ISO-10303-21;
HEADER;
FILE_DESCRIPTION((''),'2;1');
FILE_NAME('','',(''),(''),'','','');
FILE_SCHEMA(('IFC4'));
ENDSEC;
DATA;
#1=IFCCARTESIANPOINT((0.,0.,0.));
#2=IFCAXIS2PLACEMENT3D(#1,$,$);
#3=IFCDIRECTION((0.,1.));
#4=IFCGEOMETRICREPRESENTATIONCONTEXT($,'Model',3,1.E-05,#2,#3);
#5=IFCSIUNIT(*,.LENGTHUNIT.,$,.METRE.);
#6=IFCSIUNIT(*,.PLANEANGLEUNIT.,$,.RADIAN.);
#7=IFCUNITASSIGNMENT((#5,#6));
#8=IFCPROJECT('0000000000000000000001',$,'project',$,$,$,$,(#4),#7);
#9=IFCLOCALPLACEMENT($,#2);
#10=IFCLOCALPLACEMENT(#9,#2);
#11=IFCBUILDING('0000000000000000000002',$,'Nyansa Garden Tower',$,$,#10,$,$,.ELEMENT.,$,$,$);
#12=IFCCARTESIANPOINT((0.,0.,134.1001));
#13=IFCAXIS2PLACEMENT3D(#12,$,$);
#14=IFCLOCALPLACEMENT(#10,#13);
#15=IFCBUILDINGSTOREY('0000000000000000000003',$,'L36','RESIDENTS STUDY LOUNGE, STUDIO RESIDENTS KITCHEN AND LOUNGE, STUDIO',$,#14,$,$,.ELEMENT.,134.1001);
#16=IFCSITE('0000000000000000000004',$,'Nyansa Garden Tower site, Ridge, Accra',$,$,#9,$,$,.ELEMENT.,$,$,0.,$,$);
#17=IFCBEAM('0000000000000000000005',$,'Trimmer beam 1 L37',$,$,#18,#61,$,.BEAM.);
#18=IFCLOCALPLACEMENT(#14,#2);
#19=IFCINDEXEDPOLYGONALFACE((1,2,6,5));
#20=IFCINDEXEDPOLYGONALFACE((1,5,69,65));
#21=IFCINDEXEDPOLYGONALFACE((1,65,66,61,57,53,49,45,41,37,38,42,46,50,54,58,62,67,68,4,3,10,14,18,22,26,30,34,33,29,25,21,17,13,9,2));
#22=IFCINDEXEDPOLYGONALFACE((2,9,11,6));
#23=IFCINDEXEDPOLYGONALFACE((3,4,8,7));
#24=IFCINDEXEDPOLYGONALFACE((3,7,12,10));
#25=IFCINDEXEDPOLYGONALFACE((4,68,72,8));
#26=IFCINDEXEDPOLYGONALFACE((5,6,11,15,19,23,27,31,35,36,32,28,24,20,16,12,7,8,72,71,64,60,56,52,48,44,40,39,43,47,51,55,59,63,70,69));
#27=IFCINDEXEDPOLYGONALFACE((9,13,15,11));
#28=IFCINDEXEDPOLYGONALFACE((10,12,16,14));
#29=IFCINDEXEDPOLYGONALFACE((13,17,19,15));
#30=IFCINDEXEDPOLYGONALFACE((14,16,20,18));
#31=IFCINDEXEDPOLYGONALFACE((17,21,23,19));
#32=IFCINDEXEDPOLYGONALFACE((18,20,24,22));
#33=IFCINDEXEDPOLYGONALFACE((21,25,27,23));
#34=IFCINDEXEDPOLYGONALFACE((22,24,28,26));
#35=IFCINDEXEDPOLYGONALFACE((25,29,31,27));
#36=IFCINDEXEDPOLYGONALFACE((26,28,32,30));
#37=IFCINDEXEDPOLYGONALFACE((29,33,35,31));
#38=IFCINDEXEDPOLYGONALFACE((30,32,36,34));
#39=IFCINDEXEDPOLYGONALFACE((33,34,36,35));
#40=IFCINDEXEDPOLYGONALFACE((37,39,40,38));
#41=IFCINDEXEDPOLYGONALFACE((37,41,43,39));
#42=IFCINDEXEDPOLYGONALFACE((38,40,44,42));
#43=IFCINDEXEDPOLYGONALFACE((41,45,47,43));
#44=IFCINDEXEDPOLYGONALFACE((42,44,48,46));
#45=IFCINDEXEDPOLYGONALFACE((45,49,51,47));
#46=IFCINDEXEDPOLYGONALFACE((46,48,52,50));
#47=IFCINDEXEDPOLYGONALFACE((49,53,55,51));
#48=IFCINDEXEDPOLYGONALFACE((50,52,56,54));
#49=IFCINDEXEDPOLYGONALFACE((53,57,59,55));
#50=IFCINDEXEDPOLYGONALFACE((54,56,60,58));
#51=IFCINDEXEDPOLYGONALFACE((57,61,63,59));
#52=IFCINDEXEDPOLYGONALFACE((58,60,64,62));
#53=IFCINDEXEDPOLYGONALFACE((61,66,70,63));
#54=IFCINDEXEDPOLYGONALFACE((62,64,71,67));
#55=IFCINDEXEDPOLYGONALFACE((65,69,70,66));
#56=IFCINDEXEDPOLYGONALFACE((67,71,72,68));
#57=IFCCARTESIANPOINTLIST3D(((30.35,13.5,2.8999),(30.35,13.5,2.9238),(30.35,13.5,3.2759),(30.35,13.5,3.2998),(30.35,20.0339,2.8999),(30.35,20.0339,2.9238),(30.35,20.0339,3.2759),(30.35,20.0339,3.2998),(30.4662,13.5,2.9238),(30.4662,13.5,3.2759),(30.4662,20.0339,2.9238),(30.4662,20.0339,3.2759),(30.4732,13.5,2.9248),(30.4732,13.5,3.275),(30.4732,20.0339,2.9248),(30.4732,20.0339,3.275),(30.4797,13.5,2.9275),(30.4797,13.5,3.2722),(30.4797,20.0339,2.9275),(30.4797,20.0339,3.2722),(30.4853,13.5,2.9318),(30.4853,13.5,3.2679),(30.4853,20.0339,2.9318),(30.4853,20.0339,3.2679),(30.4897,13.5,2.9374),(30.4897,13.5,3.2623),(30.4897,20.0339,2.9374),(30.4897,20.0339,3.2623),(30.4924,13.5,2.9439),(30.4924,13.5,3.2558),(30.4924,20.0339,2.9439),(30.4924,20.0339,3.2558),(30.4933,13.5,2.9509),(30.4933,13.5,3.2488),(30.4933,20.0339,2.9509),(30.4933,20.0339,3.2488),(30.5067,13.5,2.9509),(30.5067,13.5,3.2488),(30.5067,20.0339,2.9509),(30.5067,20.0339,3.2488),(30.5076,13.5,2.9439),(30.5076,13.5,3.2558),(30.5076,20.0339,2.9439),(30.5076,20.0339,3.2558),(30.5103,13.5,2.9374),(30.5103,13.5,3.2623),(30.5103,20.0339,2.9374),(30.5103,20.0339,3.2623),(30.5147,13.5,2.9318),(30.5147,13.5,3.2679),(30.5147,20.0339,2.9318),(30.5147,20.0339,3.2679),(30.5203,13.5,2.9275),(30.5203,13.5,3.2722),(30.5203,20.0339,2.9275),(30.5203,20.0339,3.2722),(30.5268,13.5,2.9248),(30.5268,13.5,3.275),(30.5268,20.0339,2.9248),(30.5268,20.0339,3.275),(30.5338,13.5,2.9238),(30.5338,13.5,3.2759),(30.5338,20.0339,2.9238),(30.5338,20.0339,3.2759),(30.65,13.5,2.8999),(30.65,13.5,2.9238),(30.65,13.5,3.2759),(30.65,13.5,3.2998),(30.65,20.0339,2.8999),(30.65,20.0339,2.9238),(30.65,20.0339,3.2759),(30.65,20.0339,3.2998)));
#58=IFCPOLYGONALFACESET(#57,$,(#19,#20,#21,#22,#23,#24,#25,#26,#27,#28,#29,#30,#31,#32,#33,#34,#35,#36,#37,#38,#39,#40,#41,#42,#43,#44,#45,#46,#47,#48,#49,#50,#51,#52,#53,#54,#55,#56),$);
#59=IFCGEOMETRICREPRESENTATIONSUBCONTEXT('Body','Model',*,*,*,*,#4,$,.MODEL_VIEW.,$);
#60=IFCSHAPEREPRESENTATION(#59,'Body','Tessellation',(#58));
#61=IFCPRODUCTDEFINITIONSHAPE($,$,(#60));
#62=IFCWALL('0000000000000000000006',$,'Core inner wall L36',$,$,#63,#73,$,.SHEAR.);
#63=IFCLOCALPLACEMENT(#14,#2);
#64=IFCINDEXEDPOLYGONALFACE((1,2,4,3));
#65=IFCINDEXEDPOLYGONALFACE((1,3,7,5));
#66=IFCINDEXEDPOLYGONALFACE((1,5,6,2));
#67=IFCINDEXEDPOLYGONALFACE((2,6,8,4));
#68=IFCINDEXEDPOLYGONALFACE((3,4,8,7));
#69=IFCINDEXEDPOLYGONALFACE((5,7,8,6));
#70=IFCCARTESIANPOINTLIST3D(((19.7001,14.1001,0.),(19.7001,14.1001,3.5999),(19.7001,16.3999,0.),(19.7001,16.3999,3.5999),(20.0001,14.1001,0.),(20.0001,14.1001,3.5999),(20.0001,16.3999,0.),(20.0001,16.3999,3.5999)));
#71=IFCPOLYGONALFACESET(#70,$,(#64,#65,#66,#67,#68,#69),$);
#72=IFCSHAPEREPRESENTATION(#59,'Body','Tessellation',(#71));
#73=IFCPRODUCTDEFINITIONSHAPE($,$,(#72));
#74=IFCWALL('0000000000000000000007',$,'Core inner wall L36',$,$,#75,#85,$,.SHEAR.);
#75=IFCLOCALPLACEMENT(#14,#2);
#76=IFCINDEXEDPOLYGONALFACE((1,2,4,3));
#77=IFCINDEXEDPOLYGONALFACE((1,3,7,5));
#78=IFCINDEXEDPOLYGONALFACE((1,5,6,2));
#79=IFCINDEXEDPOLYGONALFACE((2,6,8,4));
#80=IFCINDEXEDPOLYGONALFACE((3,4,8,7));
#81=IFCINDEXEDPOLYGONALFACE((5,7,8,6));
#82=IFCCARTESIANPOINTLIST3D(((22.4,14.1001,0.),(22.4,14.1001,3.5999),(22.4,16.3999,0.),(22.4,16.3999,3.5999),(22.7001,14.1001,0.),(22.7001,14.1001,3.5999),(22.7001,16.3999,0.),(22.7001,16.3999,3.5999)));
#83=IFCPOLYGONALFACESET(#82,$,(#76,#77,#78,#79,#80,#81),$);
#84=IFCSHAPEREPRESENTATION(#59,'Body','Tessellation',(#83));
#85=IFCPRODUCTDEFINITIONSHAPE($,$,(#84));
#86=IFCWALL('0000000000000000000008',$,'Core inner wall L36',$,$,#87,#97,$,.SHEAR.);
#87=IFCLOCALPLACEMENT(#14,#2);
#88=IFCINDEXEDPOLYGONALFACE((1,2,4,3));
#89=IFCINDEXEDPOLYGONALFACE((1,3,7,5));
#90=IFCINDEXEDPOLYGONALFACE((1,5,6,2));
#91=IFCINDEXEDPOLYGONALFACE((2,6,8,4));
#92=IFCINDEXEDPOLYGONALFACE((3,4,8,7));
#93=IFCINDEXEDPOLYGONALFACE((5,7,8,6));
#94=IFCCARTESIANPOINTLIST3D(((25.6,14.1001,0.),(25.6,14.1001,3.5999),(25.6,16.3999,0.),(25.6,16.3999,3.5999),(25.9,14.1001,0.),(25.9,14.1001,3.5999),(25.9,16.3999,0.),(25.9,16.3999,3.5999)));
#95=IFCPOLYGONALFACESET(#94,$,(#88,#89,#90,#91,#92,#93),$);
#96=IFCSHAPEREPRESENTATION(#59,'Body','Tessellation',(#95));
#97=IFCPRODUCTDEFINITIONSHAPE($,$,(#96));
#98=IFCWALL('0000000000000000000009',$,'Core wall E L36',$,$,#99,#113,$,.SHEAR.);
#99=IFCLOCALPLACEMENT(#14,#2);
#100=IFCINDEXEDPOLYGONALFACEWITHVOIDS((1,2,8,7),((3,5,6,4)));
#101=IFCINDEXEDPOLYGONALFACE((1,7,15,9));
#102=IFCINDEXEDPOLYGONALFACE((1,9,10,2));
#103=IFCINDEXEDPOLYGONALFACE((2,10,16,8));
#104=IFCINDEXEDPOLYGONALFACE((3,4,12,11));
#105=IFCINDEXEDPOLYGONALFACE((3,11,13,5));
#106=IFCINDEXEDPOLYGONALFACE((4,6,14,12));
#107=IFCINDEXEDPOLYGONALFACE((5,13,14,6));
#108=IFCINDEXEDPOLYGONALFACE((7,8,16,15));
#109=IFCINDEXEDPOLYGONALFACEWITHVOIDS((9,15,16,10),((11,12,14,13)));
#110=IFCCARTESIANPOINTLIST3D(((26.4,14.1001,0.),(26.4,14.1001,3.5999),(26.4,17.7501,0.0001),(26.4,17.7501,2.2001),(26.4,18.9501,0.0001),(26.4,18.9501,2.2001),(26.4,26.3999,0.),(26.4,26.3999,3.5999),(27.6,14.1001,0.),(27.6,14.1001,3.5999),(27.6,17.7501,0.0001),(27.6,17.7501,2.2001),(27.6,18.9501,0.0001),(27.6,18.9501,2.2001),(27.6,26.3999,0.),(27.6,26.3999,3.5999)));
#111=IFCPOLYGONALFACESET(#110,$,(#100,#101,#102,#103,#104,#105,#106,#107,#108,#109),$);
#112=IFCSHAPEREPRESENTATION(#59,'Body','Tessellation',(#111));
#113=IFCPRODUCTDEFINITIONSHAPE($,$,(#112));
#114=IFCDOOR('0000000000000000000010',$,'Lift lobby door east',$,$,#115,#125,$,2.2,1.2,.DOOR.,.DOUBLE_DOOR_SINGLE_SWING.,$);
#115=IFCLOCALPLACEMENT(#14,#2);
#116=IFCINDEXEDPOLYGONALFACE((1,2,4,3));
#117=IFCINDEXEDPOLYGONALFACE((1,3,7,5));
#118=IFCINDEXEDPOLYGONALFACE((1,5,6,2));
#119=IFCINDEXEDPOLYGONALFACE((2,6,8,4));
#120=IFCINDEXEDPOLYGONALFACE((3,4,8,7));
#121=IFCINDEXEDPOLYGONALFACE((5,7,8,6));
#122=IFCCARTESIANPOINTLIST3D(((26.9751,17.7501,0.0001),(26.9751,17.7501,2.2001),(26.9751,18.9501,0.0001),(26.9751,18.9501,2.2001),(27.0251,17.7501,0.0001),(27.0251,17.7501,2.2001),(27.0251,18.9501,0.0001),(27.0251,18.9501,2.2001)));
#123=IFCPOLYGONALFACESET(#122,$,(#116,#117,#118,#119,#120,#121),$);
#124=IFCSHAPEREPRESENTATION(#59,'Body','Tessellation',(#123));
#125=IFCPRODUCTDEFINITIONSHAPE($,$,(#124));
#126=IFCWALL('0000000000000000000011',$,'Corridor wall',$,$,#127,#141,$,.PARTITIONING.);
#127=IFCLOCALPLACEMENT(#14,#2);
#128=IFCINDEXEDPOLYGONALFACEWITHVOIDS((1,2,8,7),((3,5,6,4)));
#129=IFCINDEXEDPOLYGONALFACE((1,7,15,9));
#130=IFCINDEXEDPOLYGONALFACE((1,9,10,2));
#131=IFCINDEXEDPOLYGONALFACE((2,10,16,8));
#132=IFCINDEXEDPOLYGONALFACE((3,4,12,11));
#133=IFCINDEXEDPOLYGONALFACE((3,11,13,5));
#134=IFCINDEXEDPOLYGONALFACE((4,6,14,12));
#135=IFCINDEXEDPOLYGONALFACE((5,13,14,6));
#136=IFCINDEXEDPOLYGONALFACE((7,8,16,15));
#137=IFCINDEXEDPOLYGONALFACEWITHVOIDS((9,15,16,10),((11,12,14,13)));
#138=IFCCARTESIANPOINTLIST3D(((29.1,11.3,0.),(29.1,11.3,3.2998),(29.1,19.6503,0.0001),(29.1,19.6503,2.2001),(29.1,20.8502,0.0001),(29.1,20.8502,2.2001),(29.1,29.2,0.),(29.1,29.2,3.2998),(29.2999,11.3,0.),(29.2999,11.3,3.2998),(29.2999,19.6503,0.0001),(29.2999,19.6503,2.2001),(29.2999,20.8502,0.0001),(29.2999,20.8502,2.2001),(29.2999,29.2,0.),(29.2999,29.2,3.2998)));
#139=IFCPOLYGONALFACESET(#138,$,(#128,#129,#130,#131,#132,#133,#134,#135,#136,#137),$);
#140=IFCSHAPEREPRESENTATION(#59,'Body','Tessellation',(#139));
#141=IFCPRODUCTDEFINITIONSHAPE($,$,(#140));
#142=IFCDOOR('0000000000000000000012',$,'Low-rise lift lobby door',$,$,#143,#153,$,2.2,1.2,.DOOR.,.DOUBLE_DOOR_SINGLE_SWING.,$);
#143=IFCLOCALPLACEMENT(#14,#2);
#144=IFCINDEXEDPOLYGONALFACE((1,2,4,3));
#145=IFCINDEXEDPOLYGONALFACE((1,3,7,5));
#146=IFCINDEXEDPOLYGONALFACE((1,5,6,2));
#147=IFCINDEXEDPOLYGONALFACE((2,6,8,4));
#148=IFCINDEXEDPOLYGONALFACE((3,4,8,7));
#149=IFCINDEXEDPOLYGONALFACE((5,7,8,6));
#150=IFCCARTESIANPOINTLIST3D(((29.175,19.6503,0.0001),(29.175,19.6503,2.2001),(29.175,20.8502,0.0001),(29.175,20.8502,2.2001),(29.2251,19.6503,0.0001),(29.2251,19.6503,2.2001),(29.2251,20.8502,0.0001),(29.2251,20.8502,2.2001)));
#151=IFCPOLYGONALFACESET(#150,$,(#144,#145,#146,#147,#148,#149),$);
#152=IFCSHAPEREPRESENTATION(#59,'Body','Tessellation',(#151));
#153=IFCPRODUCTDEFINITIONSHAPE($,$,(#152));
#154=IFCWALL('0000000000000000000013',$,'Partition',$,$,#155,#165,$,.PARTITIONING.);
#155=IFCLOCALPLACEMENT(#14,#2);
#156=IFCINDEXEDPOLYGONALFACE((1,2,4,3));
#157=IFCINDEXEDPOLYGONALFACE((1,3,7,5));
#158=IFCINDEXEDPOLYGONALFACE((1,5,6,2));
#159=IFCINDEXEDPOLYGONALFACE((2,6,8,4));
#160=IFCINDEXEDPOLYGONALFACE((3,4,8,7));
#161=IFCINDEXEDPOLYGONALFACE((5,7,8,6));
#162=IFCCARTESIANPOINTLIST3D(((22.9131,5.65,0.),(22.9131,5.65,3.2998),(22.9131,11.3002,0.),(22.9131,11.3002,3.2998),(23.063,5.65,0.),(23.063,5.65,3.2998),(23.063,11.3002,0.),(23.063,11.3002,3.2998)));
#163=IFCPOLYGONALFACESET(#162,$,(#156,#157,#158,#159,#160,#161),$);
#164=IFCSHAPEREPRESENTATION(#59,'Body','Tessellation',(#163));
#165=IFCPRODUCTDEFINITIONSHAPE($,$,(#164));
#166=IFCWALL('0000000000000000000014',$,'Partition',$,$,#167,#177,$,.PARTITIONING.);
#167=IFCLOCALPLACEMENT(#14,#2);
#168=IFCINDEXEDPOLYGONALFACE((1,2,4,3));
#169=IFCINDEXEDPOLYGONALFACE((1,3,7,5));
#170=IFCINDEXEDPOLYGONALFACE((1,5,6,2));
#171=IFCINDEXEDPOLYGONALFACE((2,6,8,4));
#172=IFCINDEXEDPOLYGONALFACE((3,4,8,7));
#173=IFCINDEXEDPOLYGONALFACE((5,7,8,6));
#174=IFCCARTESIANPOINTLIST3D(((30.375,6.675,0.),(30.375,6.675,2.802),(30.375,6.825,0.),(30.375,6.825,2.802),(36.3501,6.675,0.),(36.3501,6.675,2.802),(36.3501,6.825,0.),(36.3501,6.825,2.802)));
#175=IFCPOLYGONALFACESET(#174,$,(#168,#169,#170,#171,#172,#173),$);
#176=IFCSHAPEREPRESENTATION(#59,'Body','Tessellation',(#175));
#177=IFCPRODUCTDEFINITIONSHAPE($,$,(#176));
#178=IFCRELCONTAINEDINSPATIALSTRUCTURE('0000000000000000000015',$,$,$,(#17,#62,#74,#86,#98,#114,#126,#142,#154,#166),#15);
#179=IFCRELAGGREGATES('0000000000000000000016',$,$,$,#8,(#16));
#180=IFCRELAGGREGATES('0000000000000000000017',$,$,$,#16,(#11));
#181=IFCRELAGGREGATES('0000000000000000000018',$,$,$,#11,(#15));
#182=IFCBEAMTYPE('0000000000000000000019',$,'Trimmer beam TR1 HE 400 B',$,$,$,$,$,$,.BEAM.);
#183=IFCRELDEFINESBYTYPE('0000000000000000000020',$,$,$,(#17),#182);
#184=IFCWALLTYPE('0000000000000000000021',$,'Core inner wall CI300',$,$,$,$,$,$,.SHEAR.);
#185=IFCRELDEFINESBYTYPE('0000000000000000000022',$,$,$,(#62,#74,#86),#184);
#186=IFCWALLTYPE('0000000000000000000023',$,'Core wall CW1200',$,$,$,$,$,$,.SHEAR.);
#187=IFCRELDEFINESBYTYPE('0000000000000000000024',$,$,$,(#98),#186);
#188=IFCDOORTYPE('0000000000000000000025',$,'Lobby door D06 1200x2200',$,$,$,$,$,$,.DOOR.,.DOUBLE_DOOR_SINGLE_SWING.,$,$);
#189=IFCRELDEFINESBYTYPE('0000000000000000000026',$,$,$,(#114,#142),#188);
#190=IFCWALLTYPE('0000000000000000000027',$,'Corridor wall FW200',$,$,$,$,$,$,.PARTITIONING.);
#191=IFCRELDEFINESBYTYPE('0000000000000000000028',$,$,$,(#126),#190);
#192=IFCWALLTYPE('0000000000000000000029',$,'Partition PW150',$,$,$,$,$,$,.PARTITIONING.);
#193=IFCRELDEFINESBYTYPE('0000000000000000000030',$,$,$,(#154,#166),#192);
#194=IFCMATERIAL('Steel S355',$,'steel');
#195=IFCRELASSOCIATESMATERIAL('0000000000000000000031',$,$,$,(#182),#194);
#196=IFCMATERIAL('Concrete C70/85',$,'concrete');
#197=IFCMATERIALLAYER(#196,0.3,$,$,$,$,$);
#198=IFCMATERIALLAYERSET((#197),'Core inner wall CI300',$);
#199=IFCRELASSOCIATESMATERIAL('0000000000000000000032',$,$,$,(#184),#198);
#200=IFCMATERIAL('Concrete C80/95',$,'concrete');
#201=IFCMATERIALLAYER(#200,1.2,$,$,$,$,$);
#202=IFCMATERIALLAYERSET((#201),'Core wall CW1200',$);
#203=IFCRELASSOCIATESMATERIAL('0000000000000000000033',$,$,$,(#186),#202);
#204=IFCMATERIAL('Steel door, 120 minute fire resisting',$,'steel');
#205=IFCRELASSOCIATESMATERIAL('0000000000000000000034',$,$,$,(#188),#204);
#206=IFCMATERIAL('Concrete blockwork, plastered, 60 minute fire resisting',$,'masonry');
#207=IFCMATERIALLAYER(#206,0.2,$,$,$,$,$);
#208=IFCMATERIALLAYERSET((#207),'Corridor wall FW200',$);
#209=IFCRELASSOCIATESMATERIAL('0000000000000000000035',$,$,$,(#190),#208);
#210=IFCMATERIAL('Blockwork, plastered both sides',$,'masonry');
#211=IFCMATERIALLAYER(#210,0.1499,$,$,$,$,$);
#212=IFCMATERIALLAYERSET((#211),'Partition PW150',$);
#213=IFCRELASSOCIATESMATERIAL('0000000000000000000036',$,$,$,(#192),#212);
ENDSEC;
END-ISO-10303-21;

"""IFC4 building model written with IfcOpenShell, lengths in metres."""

from ifc_helpers import new_model, si_unit, direction, frame, frame_2d, origin, origin_2d, place, context, subcontext, project, spatial, rectangle, i_section, extrude, material, layer, layer_set, material_profile, profile_set, type_object, element, fill, save


model = new_model("IFC4")

# Units and contexts
model_context = context("Model", 3, precision=1e-05, world=origin(), true_north=direction((0.0, 1.0)))
body_context = subcontext(model_context, "Body", "Model", "MODEL_VIEW")
ifc_project = project(units=[si_unit("LENGTHUNIT", "METRE"), si_unit("PLANEANGLEUNIT", "RADIAN")], contexts=[model_context])

# Site, building, storey
site_placement = place(None, origin())
site = spatial("IfcSite", under=ifc_project, at=site_placement, Name="Nyansa Garden Tower site, Ridge, Accra", CompositionType="ELEMENT", RefElevation=0.0)
building_placement = place(site_placement, origin())
building = spatial("IfcBuilding", under=site, at=building_placement, Name="Nyansa Garden Tower", CompositionType="ELEMENT")
storey_placement = place(building_placement, frame((0.0, 0.0, 134.1001)))
storey = spatial("IfcBuildingStorey", under=building, at=storey_placement, Name="L36", Description="RESIDENTS STUDY LOUNGE, STUDIO RESIDENTS KITCHEN AND LOUNGE, STUDIO", CompositionType="ELEMENT", Elevation=134.1001)

# Beam
ifc_material_1 = material(Name="Steel S355", Category="steel")
ifc_material_profile_1 = material_profile(ifc_material_1, i_section(OverallWidth=0.3, OverallDepth=0.3999, WebThickness=0.0134, FlangeThickness=0.0239, FilletRadius=0.0271, at=origin_2d()), Name="HE 400 B")
ifc_profile_set_1 = profile_set([ifc_material_profile_1], Name="Steel S355")
beam_type_1 = type_object("IfcBeamType", Name="Trimmer beam TR1 HE 400 B", PredefinedType="BEAM", material=ifc_profile_set_1)
beam_1_placement = place(storey_placement, frame((30.5, 13.5, 3.0999), z_axis=(0.0, 1.0, 0.0), x_axis=(-1.0, 0.0, 0.0)))
element("IfcBeam", 1, at=beam_1_placement, inside=storey, type_object=beam_type_1, Name="Trimmer beam 1 L37", PredefinedType="BEAM", context=body_context, shape_type="SweptSolid", body=[
    extrude(i_section(OverallWidth=0.3, OverallDepth=0.3999, WebThickness=0.0134, FlangeThickness=0.0239, FilletRadius=0.0271, at=origin_2d()), origin(), (0.0, 0.0, 1.0), 6.5339),
])

# Walls
ifc_material_2 = material(Name="Concrete C70/85", Category="concrete")
ifc_layer_1 = layer(ifc_material_2, 0.3)
ifc_layer_set_1 = layer_set([ifc_layer_1], Name="Core inner wall CI300")
wall_type_1 = type_object("IfcWallType", Name="Core inner wall CI300", PredefinedType="SHEAR", material=ifc_layer_set_1)
for number, where, z_axis, x_axis, name in (
    (2, (19.8501, 14.1001, 0.0), (0.0, 0.0, 1.0), (0.0, 1.0, 0.0), "Core inner wall L36"),
    (3, (22.55, 14.1001, 0.0), (0.0, 0.0, 1.0), (0.0, 1.0, 0.0), "Core inner wall L36"),
    (4, (25.75, 14.1001, 0.0), (0.0, 0.0, 1.0), (0.0, 1.0, 0.0), "Core inner wall L36"),
):
    element("IfcWall", number, at=place(storey_placement, frame(where, z_axis=z_axis, x_axis=x_axis)), inside=storey, type_object=wall_type_1, Name=name, PredefinedType="SHEAR", context=body_context, shape_type="SweptSolid", body=[
        extrude(rectangle(XDim=2.2998, YDim=0.3, at=frame_2d((1.1499, 0.0))), origin(), (0.0, 0.0, 1.0), 3.5999),
    ])

# Walls, openings, doors
ifc_material_3 = material(Name="Concrete C80/95", Category="concrete")
ifc_layer_2 = layer(ifc_material_3, 1.2)
ifc_layer_set_2 = layer_set([ifc_layer_2], Name="Core wall CW1200")
wall_type_2 = type_object("IfcWallType", Name="Core wall CW1200", PredefinedType="SHEAR", material=ifc_layer_set_2)
wall_1_placement = place(storey_placement, frame((27.0, 14.1001, 0.0), z_axis=(0.0, 0.0, 1.0), x_axis=(0.0, 1.0, 0.0)))
wall_1 = element("IfcWall", 5, at=wall_1_placement, inside=storey, type_object=wall_type_2, Name="Core wall E L36", PredefinedType="SHEAR", context=body_context, shape_type="SweptSolid", body=[
    extrude(rectangle(XDim=12.2998, YDim=1.2, at=frame_2d((6.1499, 0.0))), origin(), (0.0, 0.0, 1.0), 3.5999),
])
opening_1_placement = place(wall_1_placement, frame((3.6499, 0.0, 0.0)))
opening_1 = element("IfcOpeningElement", 6, at=opening_1_placement, cuts=wall_1, PredefinedType="OPENING", context=body_context, shape_type="SweptSolid", body=[
    extrude(rectangle(XDim=1.2, YDim=2.2, at=frame_2d((0.6001, 1.1001))), frame((0.0, 0.6099, 0.0), z_axis=(0.0, -1.0, 0.0), x_axis=(1.0, 0.0, 0.0)), (0.0, 0.0, 1.0), 1.22),
])
ifc_material_4 = material(Name="Steel door, 120 minute fire resisting", Category="steel")
door_type_1 = type_object("IfcDoorType", Name="Lobby door D06 1200x2200", OperationType="DOUBLE_DOOR_SINGLE_SWING", PredefinedType="DOOR", material=ifc_material_4)
door_1_placement = place(opening_1_placement, origin())
door_1 = element("IfcDoor", 7, at=door_1_placement, inside=storey, type_object=door_type_1, Name="Lift lobby door east", OperationType="DOUBLE_DOOR_SINGLE_SWING", OverallHeight=2.2, OverallWidth=1.2, PredefinedType="DOOR", context=body_context, shape_type="SweptSolid", body=[
    extrude(rectangle(XDim=1.2, YDim=2.2, at=frame_2d((0.6001, 1.1001))), frame((0.0, 0.0249, 0.0), z_axis=(0.0, -1.0, 0.0), x_axis=(1.0, 0.0, 0.0)), (0.0, 0.0, 1.0), 0.05),
])
fill(opening_1, door_1)
ifc_material_5 = material(Name="Concrete blockwork, plastered, 60 minute fire resisting", Category="masonry")
ifc_layer_3 = layer(ifc_material_5, 0.2)
ifc_layer_set_3 = layer_set([ifc_layer_3], Name="Corridor wall FW200")
wall_type_3 = type_object("IfcWallType", Name="Corridor wall FW200", PredefinedType="PARTITIONING", material=ifc_layer_set_3)
wall_2_placement = place(storey_placement, frame((29.2, 11.3, 0.0), z_axis=(0.0, 0.0, 1.0), x_axis=(0.0, 1.0, 0.0)))
wall_2 = element("IfcWall", 8, at=wall_2_placement, inside=storey, type_object=wall_type_3, Name="Corridor wall", PredefinedType="PARTITIONING", context=body_context, shape_type="SweptSolid", body=[
    extrude(rectangle(XDim=17.8999, YDim=0.2, at=frame_2d((8.95, 0.0))), origin(), (0.0, 0.0, 1.0), 3.2998),
])
opening_2_placement = place(wall_2_placement, frame((8.3501, 0.0, 0.0)))
opening_2 = element("IfcOpeningElement", 9, at=opening_2_placement, cuts=wall_2, PredefinedType="OPENING", context=body_context, shape_type="SweptSolid", body=[
    extrude(rectangle(XDim=1.2, YDim=2.2, at=frame_2d((0.6001, 1.1001))), frame((0.0, 0.1099, 0.0), z_axis=(0.0, -1.0, 0.0), x_axis=(1.0, 0.0, 0.0)), (0.0, 0.0, 1.0), 0.22),
])
door_2_placement = place(opening_2_placement, origin())
door_2 = element("IfcDoor", 10, at=door_2_placement, inside=storey, type_object=door_type_1, Name="Low-rise lift lobby door", OperationType="DOUBLE_DOOR_SINGLE_SWING", OverallHeight=2.2, OverallWidth=1.2, PredefinedType="DOOR", context=body_context, shape_type="SweptSolid", body=[
    extrude(rectangle(XDim=1.2, YDim=2.2, at=frame_2d((0.6001, 1.1001))), frame((0.0, 0.0249, 0.0), z_axis=(0.0, -1.0, 0.0), x_axis=(1.0, 0.0, 0.0)), (0.0, 0.0, 1.0), 0.05),
])
fill(opening_2, door_2)

# Walls
ifc_material_6 = material(Name="Blockwork, plastered both sides", Category="masonry")
ifc_layer_4 = layer(ifc_material_6, 0.1499)
ifc_layer_set_4 = layer_set([ifc_layer_4], Name="Partition PW150")
wall_type_4 = type_object("IfcWallType", Name="Partition PW150", PredefinedType="PARTITIONING", material=ifc_layer_set_4)
wall_3_placement = place(storey_placement, frame((22.988, 5.6499, 0.0), z_axis=(0.0, 0.0, 1.0), x_axis=(0.0, 1.0, 0.0)))
element("IfcWall", 11, at=wall_3_placement, inside=storey, type_object=wall_type_4, Name="Partition", PredefinedType="PARTITIONING", context=body_context, shape_type="SweptSolid", body=[
    extrude(rectangle(XDim=5.6501, YDim=0.1499, at=frame_2d((2.8252, 0.0))), origin(), (0.0, 0.0, 1.0), 3.2998),
])
wall_4_placement = place(storey_placement, frame((30.375, 6.75, 0.0), z_axis=(0.0, 0.0, 1.0), x_axis=(1.0, 0.0, 0.0)))
element("IfcWall", 12, at=wall_4_placement, inside=storey, type_object=wall_type_4, Name="Partition", PredefinedType="PARTITIONING", context=body_context, shape_type="SweptSolid", body=[
    extrude(rectangle(XDim=5.9751, YDim=0.1499, at=frame_2d((2.9875, 0.0))), origin(), (0.0, 0.0, 1.0), 2.802),
])

save(model, "model.ifc")
